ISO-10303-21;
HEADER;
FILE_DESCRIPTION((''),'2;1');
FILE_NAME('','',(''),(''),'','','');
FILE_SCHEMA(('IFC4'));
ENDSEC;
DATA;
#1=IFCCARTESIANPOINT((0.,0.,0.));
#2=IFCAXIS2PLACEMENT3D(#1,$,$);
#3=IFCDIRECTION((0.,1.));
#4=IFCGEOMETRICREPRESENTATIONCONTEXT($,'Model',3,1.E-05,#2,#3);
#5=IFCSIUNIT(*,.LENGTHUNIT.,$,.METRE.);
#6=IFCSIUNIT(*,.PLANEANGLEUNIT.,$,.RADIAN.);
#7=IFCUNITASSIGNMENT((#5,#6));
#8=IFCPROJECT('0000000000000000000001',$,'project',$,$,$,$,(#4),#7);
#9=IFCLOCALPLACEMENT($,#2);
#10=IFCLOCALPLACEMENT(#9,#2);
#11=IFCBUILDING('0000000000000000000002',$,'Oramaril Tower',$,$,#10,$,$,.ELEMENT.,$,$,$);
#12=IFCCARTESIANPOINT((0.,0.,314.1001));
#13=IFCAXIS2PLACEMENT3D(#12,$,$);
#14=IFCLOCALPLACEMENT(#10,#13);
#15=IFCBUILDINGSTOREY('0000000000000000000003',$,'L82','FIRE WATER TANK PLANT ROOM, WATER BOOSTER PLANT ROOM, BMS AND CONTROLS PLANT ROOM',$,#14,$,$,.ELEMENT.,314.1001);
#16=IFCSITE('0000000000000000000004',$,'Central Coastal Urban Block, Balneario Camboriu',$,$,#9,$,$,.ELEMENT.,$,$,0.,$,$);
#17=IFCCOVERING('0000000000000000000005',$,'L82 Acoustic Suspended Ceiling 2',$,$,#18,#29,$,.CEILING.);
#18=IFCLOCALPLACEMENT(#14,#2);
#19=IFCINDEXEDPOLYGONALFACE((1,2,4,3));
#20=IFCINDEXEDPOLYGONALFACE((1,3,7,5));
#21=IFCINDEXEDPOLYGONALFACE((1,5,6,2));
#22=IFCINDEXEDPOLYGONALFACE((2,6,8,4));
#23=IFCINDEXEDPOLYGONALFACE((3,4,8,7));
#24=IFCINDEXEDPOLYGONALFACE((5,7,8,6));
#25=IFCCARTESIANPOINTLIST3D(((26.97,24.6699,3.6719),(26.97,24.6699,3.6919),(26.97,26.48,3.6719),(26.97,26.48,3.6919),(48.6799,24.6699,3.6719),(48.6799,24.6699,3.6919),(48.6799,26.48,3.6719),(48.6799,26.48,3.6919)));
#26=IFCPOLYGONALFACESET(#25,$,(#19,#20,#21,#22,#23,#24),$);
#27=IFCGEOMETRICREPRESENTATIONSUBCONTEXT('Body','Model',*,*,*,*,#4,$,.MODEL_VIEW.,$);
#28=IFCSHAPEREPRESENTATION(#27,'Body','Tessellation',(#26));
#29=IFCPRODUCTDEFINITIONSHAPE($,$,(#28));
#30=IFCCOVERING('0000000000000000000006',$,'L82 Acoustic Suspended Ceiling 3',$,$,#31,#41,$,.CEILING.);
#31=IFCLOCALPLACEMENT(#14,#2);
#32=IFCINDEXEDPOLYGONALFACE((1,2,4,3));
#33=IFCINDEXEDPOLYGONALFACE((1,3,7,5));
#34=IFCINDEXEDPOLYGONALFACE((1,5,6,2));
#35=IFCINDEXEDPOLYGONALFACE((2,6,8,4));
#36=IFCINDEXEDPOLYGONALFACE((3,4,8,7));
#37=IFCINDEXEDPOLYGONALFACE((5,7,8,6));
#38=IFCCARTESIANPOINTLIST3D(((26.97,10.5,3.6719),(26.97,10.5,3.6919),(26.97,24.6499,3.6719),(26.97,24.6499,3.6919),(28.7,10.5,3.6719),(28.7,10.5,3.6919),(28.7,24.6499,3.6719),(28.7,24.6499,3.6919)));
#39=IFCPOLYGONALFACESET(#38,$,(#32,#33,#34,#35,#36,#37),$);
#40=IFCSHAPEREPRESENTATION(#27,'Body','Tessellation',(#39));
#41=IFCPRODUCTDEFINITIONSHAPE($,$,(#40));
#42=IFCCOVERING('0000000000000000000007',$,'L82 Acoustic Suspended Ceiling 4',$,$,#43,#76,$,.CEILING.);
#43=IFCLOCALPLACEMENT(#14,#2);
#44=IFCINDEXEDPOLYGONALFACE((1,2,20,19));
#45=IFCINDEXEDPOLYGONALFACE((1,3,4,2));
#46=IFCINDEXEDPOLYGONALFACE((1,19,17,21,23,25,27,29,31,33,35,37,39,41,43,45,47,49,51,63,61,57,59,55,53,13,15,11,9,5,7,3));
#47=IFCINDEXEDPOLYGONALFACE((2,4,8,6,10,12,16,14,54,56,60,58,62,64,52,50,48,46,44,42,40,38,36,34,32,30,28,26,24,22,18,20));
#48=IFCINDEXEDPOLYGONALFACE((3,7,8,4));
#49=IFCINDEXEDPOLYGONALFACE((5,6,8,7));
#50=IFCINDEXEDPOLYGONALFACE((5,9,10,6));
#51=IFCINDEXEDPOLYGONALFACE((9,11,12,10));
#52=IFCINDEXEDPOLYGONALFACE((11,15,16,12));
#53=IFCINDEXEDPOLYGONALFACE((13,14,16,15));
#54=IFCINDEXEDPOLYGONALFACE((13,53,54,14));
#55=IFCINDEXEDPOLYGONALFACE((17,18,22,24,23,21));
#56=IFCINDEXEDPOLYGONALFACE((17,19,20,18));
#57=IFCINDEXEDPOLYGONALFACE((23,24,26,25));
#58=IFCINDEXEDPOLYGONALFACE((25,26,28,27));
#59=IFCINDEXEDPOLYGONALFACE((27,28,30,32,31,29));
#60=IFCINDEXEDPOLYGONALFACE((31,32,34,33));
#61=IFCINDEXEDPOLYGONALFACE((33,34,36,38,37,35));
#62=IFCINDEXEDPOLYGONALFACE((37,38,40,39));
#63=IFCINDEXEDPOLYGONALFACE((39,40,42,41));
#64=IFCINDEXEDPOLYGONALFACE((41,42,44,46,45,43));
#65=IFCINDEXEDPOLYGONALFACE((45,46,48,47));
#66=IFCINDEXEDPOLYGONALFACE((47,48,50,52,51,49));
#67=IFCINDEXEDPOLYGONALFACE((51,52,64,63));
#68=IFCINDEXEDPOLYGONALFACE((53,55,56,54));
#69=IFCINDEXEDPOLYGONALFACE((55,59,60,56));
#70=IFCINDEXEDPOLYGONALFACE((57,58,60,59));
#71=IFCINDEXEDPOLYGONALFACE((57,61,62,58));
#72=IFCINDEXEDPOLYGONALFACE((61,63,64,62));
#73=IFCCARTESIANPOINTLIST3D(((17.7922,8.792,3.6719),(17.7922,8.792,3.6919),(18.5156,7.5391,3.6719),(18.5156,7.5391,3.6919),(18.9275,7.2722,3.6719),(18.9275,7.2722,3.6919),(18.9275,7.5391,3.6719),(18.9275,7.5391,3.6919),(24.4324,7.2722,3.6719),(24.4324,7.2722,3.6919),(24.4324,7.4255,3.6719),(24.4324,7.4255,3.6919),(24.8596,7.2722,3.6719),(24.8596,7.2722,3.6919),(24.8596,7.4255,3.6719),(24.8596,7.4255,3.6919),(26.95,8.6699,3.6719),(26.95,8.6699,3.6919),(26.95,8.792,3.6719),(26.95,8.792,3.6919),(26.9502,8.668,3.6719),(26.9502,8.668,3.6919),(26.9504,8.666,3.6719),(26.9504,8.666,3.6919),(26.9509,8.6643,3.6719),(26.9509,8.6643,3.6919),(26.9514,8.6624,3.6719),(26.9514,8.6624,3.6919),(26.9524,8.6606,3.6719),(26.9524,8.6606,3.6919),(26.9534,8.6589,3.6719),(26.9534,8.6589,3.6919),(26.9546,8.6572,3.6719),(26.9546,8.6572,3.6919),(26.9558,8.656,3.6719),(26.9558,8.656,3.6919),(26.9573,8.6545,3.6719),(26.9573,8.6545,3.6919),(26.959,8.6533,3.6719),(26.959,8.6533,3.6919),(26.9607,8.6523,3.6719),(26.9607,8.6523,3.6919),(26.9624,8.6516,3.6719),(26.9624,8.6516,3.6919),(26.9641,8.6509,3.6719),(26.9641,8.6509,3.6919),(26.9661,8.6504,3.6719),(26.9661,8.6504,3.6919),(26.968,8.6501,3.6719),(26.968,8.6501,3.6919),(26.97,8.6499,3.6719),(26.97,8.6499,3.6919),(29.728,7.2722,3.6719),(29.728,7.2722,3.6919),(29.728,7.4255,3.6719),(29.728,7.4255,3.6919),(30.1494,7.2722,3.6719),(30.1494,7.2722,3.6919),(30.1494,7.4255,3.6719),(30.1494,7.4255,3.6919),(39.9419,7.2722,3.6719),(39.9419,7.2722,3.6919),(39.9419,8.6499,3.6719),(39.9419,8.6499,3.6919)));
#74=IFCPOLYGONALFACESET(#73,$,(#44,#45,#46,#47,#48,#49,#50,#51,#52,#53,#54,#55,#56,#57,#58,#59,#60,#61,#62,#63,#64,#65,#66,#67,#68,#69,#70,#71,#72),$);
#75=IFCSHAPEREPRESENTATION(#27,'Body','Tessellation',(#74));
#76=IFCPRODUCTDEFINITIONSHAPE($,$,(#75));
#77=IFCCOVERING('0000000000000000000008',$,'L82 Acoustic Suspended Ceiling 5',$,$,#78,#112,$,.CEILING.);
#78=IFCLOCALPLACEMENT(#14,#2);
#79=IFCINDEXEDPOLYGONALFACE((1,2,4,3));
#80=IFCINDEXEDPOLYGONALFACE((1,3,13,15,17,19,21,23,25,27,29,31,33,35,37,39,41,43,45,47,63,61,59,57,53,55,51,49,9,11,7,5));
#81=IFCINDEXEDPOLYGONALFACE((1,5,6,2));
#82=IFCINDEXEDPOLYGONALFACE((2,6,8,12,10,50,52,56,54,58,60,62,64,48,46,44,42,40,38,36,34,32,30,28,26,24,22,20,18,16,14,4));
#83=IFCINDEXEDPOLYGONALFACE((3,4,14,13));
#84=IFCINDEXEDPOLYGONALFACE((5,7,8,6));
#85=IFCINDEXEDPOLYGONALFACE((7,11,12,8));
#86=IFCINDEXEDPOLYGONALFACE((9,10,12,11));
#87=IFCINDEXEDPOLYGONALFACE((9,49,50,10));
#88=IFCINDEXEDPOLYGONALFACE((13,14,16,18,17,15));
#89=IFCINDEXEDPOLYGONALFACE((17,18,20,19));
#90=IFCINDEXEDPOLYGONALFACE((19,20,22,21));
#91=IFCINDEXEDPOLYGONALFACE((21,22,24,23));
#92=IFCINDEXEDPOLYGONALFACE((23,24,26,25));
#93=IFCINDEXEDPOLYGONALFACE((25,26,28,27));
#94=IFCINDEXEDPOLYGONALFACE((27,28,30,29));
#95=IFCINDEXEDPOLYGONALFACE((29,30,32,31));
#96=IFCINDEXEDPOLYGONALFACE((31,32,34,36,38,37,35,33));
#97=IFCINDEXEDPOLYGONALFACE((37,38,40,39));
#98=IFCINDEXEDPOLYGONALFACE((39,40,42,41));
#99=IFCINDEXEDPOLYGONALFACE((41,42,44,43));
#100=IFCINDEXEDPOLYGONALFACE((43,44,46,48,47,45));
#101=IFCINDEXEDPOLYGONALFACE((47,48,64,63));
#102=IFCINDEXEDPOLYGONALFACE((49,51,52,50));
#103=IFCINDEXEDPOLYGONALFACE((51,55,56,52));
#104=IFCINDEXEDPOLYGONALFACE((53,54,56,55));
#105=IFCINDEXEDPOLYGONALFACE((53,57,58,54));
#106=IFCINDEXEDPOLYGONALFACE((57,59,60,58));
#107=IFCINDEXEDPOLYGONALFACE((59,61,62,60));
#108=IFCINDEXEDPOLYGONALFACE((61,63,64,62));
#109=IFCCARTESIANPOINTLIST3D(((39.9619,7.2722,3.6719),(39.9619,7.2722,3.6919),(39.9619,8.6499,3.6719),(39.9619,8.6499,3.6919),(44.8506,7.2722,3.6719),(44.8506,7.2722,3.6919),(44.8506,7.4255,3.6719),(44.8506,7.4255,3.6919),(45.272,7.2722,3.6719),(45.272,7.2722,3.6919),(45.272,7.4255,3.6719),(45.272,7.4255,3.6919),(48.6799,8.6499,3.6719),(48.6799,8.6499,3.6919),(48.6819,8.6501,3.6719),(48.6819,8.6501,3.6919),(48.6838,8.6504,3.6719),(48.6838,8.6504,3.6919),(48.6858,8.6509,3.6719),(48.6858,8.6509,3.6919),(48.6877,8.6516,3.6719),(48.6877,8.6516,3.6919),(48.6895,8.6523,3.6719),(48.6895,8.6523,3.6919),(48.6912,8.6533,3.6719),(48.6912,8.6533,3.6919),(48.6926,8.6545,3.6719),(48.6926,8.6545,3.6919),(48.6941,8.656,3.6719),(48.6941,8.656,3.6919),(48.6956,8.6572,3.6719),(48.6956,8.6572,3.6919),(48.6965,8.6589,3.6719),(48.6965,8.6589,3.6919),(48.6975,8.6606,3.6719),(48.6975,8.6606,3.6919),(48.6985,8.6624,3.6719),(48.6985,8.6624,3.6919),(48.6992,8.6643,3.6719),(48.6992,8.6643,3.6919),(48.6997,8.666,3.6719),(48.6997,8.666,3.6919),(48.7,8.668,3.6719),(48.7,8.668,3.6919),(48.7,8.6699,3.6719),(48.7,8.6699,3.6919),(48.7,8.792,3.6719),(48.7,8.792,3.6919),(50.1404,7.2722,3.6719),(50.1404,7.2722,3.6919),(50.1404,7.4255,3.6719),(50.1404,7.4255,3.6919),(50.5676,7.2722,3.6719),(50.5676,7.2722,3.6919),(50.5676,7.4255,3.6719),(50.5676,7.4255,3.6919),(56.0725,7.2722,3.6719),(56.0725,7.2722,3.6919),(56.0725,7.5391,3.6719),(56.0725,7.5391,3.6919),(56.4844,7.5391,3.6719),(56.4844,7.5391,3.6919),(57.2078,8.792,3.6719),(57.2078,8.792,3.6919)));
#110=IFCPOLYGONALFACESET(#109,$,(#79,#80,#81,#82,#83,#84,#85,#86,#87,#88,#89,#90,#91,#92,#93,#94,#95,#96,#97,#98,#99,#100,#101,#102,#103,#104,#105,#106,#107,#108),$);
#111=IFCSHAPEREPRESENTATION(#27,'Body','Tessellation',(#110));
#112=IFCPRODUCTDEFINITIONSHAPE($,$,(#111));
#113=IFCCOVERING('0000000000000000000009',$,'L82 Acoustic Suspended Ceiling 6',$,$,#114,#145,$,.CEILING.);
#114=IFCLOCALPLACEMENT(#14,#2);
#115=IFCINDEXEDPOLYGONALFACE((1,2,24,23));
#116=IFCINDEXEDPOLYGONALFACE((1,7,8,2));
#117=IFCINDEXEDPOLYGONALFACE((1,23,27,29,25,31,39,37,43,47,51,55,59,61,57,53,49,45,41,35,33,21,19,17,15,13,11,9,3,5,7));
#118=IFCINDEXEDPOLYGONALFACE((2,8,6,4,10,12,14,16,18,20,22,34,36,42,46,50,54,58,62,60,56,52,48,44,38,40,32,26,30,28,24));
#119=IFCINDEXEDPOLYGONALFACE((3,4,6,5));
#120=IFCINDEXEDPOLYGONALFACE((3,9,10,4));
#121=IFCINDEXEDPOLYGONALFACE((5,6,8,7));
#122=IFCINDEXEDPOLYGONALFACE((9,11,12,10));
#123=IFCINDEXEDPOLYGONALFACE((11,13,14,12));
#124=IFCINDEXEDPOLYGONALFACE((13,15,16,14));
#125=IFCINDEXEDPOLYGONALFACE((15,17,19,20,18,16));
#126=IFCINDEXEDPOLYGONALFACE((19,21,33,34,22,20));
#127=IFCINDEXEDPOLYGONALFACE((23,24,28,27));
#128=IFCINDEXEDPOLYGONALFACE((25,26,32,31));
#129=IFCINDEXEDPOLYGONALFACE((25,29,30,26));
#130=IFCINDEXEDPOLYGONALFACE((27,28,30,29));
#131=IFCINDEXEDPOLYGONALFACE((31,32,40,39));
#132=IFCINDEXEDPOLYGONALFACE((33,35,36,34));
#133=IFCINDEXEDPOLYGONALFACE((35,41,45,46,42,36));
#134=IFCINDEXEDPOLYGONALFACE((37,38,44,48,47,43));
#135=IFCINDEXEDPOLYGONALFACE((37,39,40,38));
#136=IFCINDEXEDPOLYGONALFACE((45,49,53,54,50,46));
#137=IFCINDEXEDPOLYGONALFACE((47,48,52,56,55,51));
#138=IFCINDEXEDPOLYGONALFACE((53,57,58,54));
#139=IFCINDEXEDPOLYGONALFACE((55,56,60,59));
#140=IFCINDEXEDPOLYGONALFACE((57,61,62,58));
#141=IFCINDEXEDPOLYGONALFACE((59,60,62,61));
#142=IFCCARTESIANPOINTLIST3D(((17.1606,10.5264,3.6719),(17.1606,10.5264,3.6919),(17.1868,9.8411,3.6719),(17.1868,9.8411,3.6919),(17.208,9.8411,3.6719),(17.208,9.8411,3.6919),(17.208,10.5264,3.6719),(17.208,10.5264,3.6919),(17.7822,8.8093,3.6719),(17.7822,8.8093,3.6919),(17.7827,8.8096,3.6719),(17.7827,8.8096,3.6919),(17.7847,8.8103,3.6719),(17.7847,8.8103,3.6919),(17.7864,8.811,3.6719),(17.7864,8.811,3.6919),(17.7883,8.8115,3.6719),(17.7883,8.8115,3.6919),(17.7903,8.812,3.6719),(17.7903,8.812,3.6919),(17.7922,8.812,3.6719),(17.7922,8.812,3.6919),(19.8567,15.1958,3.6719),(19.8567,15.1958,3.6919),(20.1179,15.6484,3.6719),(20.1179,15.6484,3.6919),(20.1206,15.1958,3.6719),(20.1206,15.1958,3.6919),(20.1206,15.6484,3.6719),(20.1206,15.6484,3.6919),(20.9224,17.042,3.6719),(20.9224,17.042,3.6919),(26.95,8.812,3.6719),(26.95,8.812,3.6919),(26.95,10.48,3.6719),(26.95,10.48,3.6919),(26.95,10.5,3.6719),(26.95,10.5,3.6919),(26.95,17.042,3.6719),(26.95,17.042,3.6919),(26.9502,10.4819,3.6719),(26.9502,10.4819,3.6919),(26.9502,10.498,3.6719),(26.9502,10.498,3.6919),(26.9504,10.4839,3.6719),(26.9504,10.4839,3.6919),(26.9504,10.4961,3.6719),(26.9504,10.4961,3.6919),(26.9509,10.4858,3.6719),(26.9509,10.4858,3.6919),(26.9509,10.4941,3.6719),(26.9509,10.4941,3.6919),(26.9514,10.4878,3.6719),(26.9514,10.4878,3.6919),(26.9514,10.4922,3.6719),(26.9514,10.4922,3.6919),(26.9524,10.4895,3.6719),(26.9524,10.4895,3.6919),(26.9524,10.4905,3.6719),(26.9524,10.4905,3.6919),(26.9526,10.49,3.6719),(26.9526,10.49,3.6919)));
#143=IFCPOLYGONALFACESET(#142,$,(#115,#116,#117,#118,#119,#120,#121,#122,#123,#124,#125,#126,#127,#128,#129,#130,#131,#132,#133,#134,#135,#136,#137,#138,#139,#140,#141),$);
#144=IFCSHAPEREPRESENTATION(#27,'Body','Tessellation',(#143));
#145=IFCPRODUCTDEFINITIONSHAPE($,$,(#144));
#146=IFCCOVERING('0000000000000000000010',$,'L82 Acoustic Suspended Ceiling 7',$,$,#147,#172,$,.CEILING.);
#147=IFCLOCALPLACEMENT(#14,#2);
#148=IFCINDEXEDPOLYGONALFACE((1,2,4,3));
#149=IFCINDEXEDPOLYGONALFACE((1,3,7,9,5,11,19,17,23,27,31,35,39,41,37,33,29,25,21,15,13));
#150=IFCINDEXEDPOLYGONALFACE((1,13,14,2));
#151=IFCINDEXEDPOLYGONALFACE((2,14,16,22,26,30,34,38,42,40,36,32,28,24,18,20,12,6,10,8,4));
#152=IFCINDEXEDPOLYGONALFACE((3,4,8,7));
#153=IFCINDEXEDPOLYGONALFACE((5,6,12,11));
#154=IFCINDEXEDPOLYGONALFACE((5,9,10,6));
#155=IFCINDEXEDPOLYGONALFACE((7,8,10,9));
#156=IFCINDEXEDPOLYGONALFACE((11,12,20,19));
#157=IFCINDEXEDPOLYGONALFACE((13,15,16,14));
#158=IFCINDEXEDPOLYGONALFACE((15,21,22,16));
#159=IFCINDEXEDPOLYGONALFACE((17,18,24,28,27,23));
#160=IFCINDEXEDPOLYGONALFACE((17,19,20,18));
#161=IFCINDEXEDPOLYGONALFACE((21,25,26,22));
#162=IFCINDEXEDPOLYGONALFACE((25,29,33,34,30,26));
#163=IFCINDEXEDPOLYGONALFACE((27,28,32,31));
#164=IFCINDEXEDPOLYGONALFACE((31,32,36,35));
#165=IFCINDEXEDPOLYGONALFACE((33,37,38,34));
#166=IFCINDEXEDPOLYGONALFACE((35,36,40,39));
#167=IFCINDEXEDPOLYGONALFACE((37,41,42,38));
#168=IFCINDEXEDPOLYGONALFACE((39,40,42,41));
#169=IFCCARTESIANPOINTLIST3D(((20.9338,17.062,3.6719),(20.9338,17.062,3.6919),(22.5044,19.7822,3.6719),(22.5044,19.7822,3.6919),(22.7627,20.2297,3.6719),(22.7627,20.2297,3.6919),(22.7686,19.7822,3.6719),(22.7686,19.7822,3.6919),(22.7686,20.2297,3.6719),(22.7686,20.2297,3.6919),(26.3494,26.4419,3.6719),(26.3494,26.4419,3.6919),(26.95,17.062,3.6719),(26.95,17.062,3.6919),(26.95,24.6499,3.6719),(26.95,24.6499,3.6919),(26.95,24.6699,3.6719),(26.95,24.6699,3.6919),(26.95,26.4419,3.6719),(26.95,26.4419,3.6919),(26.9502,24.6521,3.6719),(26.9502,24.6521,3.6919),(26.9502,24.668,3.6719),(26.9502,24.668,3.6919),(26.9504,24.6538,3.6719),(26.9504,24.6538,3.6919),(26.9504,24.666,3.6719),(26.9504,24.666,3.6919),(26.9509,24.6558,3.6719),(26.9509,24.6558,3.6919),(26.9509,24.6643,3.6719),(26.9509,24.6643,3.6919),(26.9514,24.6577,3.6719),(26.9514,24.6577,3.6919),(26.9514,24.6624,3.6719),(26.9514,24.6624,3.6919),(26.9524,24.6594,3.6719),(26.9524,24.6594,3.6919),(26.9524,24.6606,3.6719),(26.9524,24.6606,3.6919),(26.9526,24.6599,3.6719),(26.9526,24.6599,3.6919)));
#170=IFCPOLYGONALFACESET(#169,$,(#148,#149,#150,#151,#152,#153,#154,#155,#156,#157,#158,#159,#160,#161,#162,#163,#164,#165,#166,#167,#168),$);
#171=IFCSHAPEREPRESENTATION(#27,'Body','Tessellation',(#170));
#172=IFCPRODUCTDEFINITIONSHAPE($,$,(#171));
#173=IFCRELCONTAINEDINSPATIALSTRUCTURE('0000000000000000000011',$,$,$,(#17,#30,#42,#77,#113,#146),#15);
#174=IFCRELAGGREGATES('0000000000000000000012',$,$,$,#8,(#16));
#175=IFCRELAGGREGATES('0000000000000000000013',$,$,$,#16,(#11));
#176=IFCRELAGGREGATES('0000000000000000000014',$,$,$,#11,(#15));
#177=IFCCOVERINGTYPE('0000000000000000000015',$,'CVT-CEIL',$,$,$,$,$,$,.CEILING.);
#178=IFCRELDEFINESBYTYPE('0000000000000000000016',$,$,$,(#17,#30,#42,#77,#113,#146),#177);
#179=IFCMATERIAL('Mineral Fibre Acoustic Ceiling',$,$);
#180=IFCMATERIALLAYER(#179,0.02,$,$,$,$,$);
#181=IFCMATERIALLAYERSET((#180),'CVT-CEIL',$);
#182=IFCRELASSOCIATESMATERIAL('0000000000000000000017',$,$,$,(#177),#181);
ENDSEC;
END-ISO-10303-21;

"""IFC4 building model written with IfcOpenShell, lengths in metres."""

from ifc_helpers import new_model, si_unit, direction, frame, origin, place, context, subcontext, project, spatial, polyline, outline, extrude, material, layer, layer_set, type_object, element, save


model = new_model("IFC4")

# Units and contexts
model_context = context("Model", 3, precision=1e-05, world=origin(), true_north=direction((0.0, 1.0)))
body_context = subcontext(model_context, "Body", "Model", "MODEL_VIEW")
ifc_project = project(units=[si_unit("LENGTHUNIT", "METRE"), si_unit("PLANEANGLEUNIT", "RADIAN")], contexts=[model_context])

# Site, building, storey
site_placement = place(None, origin())
site = spatial("IfcSite", under=ifc_project, at=site_placement, Name="Central Coastal Urban Block, Balneario Camboriu", CompositionType="ELEMENT", RefElevation=0.0)
building_placement = place(site_placement, origin())
building = spatial("IfcBuilding", under=site, at=building_placement, Name="Oramaril Tower", CompositionType="ELEMENT")
storey_placement = place(building_placement, frame((0.0, 0.0, 314.1001)))
storey = spatial("IfcBuildingStorey", under=building, at=storey_placement, Name="L82", Description="FIRE WATER TANK PLANT ROOM, WATER BOOSTER PLANT ROOM, BMS AND CONTROLS PLANT ROOM", CompositionType="ELEMENT", Elevation=314.1001)

# Coverings
ifc_material_1 = material(Name="Mineral Fibre Acoustic Ceiling")
ifc_layer_1 = layer(ifc_material_1, 0.02)
ifc_layer_set_1 = layer_set([ifc_layer_1], Name="CVT-CEIL")
covering_type_1 = type_object("IfcCoveringType", Name="CVT-CEIL", PredefinedType="CEILING", material=ifc_layer_set_1)
covering_1_placement = place(storey_placement, frame((0.0, 0.0, 3.6719)))
element("IfcCovering", 1, at=covering_1_placement, inside=storey, type_object=covering_type_1, Name="L82 Acoustic Suspended Ceiling 2", PredefinedType="CEILING", context=body_context, shape_type="SweptSolid", body=[
    extrude(outline(polyline([(48.6799, 26.48), (48.6799, 24.6699), (26.97, 24.6699), (26.97, 26.48), (48.6799, 26.48)])), origin(), (0.0, 0.0, 1.0), 0.02),
])
covering_2_placement = place(storey_placement, frame((0.0, 0.0, 3.6719)))
element("IfcCovering", 2, at=covering_2_placement, inside=storey, type_object=covering_type_1, Name="L82 Acoustic Suspended Ceiling 3", PredefinedType="CEILING", context=body_context, shape_type="SweptSolid", body=[
    extrude(outline(polyline([(28.7, 10.5), (26.97, 10.5), (26.97, 24.6499), (28.7, 24.6499), (28.7, 10.5)])), origin(), (0.0, 0.0, 1.0), 0.02),
])
covering_3_placement = place(storey_placement, frame((0.0, 0.0, 3.6719)))
element("IfcCovering", 3, at=covering_3_placement, inside=storey, type_object=covering_type_1, Name="L82 Acoustic Suspended Ceiling 4", PredefinedType="CEILING", context=body_context, shape_type="SweptSolid", body=[
    extrude(outline(polyline([(39.9419, 7.2722), (30.1494, 7.2722), (30.1494, 7.4255), (29.728, 7.4255), (29.728, 7.2722), (24.8596, 7.2722), (24.8596, 7.4255), (24.4324, 7.4255), (24.4324, 7.2722), (18.9275, 7.2722), (18.9275, 7.5391), (18.5156, 7.5391), (17.7922, 8.792), (26.95, 8.792), (26.95, 8.6699), (26.9502, 8.668), (26.9504, 8.666), (26.9509, 8.6643), (26.9514, 8.6624), (26.9524, 8.6606), (26.9534, 8.6589), (26.9546, 8.6572), (26.9558, 8.656), (26.9573, 8.6545), (26.959, 8.6533), (26.9607, 8.6523), (26.9624, 8.6516), (26.9641, 8.6509), (26.9661, 8.6504), (26.968, 8.6501), (26.97, 8.6499), (39.9419, 8.6499), (39.9419, 7.2722)])), origin(), (0.0, 0.0, 1.0), 0.02),
])
covering_4_placement = place(storey_placement, frame((0.0, 0.0, 3.6719)))
element("IfcCovering", 4, at=covering_4_placement, inside=storey, type_object=covering_type_1, Name="L82 Acoustic Suspended Ceiling 5", PredefinedType="CEILING", context=body_context, shape_type="SweptSolid", body=[
    extrude(outline(polyline([(50.5676, 7.4255), (50.1404, 7.4255), (50.1404, 7.2722), (45.272, 7.2722), (45.272, 7.4255), (44.8506, 7.4255), (44.8506, 7.2722), (39.9619, 7.2722), (39.9619, 8.6499), (48.6799, 8.6499), (48.6819, 8.6501), (48.6838, 8.6504), (48.6858, 8.6509), (48.6877, 8.6516), (48.6895, 8.6523), (48.6912, 8.6533), (48.6926, 8.6545), (48.6941, 8.656), (48.6956, 8.6572), (48.6965, 8.6589), (48.6975, 8.6606), (48.6985, 8.6624), (48.6992, 8.6643), (48.6997, 8.666), (48.7, 8.668), (48.7, 8.6699), (48.7, 8.792), (57.2078, 8.792), (56.4844, 7.5391), (56.0725, 7.5391), (56.0725, 7.2722), (50.5676, 7.2722), (50.5676, 7.4255)])), origin(), (0.0, 0.0, 1.0), 0.02),
])
covering_5_placement = place(storey_placement, frame((0.0, 0.0, 3.6719)))
element("IfcCovering", 5, at=covering_5_placement, inside=storey, type_object=covering_type_1, Name="L82 Acoustic Suspended Ceiling 6", PredefinedType="CEILING", context=body_context, shape_type="SweptSolid", body=[
    extrude(outline(polyline([(17.1868, 9.8411), (17.208, 9.8411), (17.208, 10.5264), (17.1606, 10.5264), (19.8567, 15.1958), (20.1206, 15.1958), (20.1206, 15.6484), (20.1179, 15.6484), (20.9224, 17.042), (26.95, 17.042), (26.95, 10.5), (26.9502, 10.498), (26.9504, 10.4961), (26.9509, 10.4941), (26.9514, 10.4922), (26.9524, 10.4905), (26.9526, 10.49), (26.9524, 10.4895), (26.9514, 10.4878), (26.9509, 10.4858), (26.9504, 10.4839), (26.9502, 10.4819), (26.95, 10.48), (26.95, 8.812), (17.7922, 8.812), (17.7903, 8.812), (17.7883, 8.8115), (17.7864, 8.811), (17.7847, 8.8103), (17.7827, 8.8096), (17.7822, 8.8093), (17.1868, 9.8411)])), origin(), (0.0, 0.0, 1.0), 0.02),
])
covering_6_placement = place(storey_placement, frame((0.0, 0.0, 3.6719)))
element("IfcCovering", 6, at=covering_6_placement, inside=storey, type_object=covering_type_1, Name="L82 Acoustic Suspended Ceiling 7", PredefinedType="CEILING", context=body_context, shape_type="SweptSolid", body=[
    extrude(outline(polyline([(22.5044, 19.7822), (22.7686, 19.7822), (22.7686, 20.2297), (22.7627, 20.2297), (26.3494, 26.4419), (26.95, 26.4419), (26.95, 24.6699), (26.9502, 24.668), (26.9504, 24.666), (26.9509, 24.6643), (26.9514, 24.6624), (26.9524, 24.6606), (26.9526, 24.6599), (26.9524, 24.6594), (26.9514, 24.6577), (26.9509, 24.6558), (26.9504, 24.6538), (26.9502, 24.6521), (26.95, 24.6499), (26.95, 17.062), (20.9338, 17.062), (22.5044, 19.7822)])), origin(), (0.0, 0.0, 1.0), 0.02),
])

save(model, "model.ifc")
